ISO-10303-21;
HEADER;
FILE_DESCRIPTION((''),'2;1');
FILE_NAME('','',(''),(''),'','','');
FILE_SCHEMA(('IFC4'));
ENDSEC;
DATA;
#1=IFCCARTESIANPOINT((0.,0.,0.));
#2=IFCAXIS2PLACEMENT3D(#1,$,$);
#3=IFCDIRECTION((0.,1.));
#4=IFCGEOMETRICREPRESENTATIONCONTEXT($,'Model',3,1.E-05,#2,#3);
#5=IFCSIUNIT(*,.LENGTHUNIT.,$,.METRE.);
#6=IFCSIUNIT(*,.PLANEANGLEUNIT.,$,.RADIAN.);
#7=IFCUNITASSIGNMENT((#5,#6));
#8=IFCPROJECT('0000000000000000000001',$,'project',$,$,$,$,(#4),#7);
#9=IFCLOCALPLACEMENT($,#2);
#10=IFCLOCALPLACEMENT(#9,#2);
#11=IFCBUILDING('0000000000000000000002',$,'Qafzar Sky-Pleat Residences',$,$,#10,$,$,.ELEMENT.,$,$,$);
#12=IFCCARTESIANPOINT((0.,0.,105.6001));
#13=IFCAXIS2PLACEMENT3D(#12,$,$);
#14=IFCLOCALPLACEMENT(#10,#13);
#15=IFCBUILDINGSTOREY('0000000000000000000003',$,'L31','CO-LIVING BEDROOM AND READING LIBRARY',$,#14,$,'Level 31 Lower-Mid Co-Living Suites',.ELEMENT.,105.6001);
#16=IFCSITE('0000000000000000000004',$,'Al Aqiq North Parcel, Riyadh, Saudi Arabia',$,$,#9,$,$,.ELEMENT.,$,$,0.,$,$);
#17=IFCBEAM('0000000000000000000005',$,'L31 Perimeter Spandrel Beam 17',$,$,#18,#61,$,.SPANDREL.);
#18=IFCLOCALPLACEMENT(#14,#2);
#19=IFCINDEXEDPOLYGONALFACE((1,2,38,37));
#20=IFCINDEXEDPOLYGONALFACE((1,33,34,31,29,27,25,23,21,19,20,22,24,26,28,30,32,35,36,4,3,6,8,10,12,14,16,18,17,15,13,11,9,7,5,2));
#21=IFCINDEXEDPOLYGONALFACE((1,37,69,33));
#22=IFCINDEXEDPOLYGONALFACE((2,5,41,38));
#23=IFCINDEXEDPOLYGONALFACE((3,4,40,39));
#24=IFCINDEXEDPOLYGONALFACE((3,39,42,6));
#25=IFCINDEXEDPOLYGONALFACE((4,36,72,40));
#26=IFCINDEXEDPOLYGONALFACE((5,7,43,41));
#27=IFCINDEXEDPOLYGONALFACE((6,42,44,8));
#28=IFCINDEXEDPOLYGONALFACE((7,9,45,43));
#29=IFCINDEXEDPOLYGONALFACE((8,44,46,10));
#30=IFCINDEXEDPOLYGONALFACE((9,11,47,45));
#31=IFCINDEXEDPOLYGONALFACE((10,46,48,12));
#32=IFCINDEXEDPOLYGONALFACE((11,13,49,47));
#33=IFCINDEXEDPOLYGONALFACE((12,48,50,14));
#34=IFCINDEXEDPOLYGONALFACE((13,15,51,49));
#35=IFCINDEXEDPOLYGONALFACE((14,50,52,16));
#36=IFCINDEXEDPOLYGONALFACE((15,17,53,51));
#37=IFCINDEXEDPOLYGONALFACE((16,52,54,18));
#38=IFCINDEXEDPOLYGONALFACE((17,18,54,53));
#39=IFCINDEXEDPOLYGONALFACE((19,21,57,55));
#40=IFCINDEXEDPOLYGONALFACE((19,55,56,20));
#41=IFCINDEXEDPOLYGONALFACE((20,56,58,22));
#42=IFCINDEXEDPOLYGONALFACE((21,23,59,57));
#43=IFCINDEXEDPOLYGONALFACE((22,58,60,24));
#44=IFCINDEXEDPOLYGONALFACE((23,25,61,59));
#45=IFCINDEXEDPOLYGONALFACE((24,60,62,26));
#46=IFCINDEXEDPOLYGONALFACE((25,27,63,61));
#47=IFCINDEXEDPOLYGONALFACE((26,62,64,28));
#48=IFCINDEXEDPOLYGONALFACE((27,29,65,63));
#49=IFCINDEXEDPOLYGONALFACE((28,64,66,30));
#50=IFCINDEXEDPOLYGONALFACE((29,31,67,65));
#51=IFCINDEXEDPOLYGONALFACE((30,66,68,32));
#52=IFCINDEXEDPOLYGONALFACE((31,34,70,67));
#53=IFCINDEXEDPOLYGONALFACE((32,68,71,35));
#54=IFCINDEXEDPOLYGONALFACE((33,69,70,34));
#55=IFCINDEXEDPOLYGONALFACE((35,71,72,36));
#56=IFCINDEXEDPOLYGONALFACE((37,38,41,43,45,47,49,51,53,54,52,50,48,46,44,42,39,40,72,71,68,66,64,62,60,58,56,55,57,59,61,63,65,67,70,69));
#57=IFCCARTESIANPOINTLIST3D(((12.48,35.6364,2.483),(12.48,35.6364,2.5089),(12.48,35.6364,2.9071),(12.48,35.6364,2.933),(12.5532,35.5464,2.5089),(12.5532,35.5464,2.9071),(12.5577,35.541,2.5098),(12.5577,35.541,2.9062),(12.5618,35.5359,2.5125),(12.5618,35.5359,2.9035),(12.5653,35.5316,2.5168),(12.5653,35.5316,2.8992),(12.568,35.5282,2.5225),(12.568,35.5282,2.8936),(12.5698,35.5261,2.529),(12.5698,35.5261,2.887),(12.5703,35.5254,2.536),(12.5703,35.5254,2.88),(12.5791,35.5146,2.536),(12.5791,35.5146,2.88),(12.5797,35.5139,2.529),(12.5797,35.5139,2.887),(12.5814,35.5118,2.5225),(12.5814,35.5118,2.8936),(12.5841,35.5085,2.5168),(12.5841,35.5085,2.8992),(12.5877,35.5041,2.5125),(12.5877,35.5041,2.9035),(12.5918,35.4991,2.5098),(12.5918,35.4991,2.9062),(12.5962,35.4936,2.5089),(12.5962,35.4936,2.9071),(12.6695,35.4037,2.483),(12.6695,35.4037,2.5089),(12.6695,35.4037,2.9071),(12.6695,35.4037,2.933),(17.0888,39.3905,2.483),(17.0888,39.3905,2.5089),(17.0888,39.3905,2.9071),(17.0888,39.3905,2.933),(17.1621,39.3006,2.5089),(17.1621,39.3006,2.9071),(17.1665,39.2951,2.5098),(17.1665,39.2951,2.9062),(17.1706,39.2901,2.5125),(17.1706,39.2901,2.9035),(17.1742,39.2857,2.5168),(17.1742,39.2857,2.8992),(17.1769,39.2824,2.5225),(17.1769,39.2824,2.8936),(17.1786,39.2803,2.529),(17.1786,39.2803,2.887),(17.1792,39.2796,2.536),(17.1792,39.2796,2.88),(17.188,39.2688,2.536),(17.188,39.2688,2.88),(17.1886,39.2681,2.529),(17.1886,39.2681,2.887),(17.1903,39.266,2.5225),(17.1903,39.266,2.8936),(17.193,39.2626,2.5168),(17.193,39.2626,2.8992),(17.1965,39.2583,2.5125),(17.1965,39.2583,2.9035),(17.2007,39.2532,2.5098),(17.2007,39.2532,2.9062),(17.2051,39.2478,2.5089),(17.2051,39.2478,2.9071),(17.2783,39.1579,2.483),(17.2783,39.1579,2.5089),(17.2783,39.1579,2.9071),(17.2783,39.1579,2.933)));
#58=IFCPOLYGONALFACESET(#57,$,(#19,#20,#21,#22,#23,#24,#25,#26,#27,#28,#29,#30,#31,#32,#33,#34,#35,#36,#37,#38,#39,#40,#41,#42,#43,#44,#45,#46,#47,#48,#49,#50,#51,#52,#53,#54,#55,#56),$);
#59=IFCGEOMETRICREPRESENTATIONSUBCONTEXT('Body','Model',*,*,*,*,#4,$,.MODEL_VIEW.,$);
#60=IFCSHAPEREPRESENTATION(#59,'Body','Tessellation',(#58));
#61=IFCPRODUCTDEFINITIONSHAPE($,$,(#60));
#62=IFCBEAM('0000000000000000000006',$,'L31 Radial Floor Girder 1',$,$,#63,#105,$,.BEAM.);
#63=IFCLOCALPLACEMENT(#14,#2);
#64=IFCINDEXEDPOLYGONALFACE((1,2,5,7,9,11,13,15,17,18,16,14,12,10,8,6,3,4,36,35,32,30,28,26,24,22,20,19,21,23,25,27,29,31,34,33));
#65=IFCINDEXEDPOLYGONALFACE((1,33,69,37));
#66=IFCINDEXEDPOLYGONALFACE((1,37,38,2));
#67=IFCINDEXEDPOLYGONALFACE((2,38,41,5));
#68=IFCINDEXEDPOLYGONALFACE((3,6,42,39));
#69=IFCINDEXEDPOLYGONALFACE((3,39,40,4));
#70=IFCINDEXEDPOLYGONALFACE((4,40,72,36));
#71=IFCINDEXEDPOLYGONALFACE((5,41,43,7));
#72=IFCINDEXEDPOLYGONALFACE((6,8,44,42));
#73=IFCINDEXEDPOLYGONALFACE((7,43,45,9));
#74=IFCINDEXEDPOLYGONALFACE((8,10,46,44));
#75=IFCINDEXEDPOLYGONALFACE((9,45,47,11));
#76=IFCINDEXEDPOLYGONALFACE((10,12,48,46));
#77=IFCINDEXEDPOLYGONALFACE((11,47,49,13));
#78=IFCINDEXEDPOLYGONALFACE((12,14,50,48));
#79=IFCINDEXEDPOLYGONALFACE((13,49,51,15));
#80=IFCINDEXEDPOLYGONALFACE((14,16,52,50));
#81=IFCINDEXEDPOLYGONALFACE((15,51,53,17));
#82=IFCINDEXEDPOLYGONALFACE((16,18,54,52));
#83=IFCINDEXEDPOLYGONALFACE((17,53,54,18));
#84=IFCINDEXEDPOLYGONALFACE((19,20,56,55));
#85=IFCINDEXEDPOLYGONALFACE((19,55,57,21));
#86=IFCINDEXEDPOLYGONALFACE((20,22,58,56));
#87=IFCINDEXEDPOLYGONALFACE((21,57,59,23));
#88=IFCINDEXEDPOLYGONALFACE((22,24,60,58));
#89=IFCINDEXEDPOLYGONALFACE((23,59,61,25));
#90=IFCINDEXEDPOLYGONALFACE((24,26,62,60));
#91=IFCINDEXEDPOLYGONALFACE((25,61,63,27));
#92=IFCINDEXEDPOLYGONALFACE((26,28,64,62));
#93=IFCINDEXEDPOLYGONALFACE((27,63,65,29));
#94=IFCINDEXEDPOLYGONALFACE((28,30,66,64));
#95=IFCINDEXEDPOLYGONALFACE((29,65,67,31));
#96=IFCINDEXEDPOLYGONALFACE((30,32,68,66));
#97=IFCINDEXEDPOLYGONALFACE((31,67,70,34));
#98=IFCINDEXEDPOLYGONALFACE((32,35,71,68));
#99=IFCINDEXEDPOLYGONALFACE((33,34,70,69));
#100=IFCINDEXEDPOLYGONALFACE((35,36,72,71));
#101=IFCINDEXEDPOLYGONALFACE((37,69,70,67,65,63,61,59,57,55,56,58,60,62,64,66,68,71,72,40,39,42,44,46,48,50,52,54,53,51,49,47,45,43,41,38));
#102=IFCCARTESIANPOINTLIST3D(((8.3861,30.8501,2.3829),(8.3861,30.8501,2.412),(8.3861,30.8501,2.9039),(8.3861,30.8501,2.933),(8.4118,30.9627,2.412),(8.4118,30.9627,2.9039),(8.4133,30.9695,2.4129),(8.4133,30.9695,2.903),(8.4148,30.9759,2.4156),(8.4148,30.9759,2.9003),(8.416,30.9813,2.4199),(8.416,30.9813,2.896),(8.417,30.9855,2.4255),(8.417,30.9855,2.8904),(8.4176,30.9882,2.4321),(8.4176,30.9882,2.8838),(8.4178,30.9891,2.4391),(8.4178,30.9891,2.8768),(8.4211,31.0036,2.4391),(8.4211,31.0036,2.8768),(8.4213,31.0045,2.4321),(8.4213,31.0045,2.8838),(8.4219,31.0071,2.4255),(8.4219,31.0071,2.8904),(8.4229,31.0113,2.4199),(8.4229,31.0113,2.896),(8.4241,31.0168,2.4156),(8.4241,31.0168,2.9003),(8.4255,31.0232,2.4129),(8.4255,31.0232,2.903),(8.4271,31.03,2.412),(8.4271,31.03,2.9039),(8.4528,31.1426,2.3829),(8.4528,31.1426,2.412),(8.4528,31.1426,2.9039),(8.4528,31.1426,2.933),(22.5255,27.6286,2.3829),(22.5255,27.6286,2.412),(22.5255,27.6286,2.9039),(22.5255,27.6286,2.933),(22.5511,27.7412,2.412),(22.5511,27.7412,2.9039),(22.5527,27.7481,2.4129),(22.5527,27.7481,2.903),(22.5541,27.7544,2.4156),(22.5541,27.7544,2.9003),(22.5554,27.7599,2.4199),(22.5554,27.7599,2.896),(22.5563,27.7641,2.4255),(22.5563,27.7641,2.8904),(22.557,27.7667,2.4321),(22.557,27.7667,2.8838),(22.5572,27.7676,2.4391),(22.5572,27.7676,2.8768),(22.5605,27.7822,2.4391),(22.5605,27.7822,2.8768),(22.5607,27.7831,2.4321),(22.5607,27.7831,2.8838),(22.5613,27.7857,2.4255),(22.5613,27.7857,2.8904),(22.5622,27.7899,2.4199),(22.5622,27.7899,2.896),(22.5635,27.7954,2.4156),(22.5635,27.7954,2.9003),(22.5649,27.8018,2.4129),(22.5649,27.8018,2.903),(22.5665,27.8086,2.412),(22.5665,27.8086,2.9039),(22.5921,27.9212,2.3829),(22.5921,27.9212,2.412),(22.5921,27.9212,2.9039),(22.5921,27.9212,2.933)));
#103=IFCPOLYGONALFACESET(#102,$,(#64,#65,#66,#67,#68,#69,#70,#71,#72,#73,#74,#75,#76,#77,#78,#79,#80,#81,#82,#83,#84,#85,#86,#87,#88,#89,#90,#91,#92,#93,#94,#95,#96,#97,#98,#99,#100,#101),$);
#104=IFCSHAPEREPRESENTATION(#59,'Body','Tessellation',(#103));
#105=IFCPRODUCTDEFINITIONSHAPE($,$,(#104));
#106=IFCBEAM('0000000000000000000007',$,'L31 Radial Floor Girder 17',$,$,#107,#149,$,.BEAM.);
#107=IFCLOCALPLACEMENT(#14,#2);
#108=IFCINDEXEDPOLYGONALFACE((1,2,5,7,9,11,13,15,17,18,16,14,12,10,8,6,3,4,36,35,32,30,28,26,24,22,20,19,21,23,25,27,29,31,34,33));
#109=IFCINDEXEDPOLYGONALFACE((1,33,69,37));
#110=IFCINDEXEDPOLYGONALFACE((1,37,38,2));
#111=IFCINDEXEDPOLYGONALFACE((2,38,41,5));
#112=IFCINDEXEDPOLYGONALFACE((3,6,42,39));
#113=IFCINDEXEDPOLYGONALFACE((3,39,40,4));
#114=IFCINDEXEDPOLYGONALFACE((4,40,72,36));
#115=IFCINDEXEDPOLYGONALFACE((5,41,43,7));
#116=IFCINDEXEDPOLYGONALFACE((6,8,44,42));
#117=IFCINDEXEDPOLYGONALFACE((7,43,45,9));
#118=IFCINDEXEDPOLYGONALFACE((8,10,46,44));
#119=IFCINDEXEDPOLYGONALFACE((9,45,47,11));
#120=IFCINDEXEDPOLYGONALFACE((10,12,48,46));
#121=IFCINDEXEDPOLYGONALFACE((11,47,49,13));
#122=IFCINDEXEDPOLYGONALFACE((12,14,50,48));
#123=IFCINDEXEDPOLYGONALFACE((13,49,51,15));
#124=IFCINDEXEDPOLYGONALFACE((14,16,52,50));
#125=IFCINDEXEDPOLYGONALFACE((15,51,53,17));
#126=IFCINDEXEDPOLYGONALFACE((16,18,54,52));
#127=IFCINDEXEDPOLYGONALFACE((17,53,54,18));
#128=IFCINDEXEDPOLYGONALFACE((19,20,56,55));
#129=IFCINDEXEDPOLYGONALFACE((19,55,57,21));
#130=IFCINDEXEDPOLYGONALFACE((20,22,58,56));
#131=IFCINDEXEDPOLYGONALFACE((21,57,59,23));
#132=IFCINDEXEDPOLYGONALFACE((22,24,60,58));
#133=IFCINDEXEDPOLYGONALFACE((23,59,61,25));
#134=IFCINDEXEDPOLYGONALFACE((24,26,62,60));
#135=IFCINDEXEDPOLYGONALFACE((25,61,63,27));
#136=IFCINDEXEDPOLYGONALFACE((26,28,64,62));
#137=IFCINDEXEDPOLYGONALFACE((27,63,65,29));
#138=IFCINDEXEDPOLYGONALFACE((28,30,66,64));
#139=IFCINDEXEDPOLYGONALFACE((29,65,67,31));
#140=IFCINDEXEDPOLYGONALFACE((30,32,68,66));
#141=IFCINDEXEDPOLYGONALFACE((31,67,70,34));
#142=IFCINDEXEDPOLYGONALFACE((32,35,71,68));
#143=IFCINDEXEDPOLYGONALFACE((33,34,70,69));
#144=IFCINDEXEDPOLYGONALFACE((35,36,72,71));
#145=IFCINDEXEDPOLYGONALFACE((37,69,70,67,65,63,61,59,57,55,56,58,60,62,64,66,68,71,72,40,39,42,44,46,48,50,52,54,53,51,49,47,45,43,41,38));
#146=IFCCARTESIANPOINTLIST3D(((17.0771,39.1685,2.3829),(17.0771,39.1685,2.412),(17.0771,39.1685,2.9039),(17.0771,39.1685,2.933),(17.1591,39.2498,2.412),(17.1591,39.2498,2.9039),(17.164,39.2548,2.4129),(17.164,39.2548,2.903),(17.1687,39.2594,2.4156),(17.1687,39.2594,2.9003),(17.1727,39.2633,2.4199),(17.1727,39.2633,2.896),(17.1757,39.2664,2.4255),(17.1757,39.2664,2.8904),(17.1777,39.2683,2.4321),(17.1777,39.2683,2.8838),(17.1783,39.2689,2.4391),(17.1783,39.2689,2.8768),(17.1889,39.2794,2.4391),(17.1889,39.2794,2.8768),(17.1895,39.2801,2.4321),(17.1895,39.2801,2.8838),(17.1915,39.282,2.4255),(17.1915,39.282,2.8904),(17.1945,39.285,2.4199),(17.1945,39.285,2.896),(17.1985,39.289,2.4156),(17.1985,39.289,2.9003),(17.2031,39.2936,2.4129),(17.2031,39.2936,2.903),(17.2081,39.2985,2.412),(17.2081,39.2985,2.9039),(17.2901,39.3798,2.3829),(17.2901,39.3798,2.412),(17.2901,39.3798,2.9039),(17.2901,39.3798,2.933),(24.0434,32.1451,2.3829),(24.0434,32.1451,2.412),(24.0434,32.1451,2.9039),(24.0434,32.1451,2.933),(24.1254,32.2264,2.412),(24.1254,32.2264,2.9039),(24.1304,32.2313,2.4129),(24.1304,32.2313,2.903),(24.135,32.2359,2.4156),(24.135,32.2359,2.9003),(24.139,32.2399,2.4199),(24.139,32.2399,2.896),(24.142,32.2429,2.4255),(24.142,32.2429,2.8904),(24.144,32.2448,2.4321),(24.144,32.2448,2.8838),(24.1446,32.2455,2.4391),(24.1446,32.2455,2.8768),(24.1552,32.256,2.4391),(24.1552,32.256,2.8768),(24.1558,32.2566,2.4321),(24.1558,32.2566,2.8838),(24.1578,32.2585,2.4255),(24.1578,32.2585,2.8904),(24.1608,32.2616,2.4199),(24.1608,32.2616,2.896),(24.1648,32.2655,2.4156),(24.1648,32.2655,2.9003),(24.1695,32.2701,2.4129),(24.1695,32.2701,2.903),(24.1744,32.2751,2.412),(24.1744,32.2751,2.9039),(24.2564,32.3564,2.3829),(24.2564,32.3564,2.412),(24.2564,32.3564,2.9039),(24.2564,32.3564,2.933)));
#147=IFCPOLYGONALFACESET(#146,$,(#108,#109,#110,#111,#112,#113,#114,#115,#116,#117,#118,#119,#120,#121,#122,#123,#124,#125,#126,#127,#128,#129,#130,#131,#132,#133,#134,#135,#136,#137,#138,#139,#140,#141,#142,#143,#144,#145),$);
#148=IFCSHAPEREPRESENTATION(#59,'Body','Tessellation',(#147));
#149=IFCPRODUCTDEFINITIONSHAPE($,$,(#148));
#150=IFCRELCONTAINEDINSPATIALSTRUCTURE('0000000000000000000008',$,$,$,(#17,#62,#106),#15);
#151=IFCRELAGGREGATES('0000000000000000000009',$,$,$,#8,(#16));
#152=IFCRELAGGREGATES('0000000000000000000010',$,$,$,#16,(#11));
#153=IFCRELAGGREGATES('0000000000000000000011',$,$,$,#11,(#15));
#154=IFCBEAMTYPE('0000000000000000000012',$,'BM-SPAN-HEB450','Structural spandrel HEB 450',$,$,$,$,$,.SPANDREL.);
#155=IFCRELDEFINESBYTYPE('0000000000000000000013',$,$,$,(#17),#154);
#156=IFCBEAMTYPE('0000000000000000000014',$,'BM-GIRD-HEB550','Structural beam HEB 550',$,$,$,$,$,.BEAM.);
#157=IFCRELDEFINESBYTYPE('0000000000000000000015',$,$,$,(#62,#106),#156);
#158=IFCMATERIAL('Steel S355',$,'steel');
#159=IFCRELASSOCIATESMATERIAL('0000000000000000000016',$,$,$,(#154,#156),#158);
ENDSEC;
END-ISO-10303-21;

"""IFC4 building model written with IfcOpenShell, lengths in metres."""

from ifc_helpers import new_model, si_unit, direction, frame, origin, origin_2d, place, context, subcontext, project, spatial, i_section, extrude, source, transform, mapped, material, material_profile, profile_set, type_object, element, save


model = new_model("IFC4")

# Units and contexts
model_context = context("Model", 3, precision=1e-05, world=origin(), true_north=direction((0.0, 1.0)))
body_context = subcontext(model_context, "Body", "Model", "MODEL_VIEW")
ifc_project = project(units=[si_unit("LENGTHUNIT", "METRE"), si_unit("PLANEANGLEUNIT", "RADIAN")], contexts=[model_context])

# Site, building, storey
site_placement = place(None, origin())
site = spatial("IfcSite", under=ifc_project, at=site_placement, Name="Al Aqiq North Parcel, Riyadh, Saudi Arabia", CompositionType="ELEMENT", RefElevation=0.0)
building_placement = place(site_placement, origin())
building = spatial("IfcBuilding", under=site, at=building_placement, Name="Qafzar Sky-Pleat Residences", CompositionType="ELEMENT")
storey_placement = place(building_placement, frame((0.0, 0.0, 105.6001)))
storey = spatial("IfcBuildingStorey", under=building, at=storey_placement, Name="L31", Description="CO-LIVING BEDROOM AND READING LIBRARY", LongName="Level 31 Lower-Mid Co-Living Suites", CompositionType="ELEMENT", Elevation=105.6001)

# Beams
ifc_material_1 = material(Name="Steel S355", Category="steel")
ifc_material_profile_1 = material_profile(ifc_material_1, i_section(OverallWidth=0.3, OverallDepth=0.45, WebThickness=0.0139, FlangeThickness=0.0259, FilletRadius=0.0271, at=origin_2d()), Name="HEB 450")
ifc_profile_set_1 = profile_set([ifc_material_profile_1], Name="Steel S355")
beam_type_1 = type_object("IfcBeamType", Name="BM-SPAN-HEB450", Description="Structural spandrel HEB 450", PredefinedType="SPANDREL", material=ifc_profile_set_1)
shared_shape_1 = source(origin(), body_context, "Body", "SweptSolid", [
    extrude(i_section(OverallWidth=0.3, OverallDepth=0.45, WebThickness=0.0139, FlangeThickness=0.0259, FilletRadius=0.0271, at=origin_2d()), origin(), (0.0, 0.0, 1.0), 5.9443),
])
beam_1_placement = place(storey_placement, frame((17.1836, 39.2742, 2.708), z_axis=(-0.775337, -0.631548, 0.0), x_axis=(0.631548, -0.775337, 0.0)))
element("IfcBeam", 1, at=beam_1_placement, inside=storey, type_object=beam_type_1, Name="L31 Perimeter Spandrel Beam 17", PredefinedType="SPANDREL", context=body_context, shape_type="MappedRepresentation", body=[
    mapped(shared_shape_1, transform((0.0, 0.0, 0.0), x_axis=(1.0, 0.0, 0.0), y_axis=(0.0, 1.0, 0.0), z_axis=(0.0, 0.0, 1.0), scale=1.0)),
])
ifc_material_profile_2 = material_profile(ifc_material_1, i_section(OverallWidth=0.3, OverallDepth=0.55, WebThickness=0.0149, FlangeThickness=0.0291, FilletRadius=0.0271, at=origin_2d()), Name="HEB 550")
ifc_profile_set_2 = profile_set([ifc_material_profile_2], Name="Steel S355")
beam_type_2 = type_object("IfcBeamType", Name="BM-GIRD-HEB550", Description="Structural beam HEB 550", PredefinedType="BEAM", material=ifc_profile_set_2)
shared_shape_2 = source(origin(), body_context, "Body", "SweptSolid", [
    extrude(i_section(OverallWidth=0.3, OverallDepth=0.55, WebThickness=0.0149, FlangeThickness=0.0291, FilletRadius=0.0271, at=origin_2d()), origin(), (0.0, 0.0, 1.0), 14.5017),
])
beam_2_placement = place(storey_placement, frame((8.4194, 30.9963, 2.658), z_axis=(0.975014, -0.222141, 0.0), x_axis=(0.222141, 0.975014, 0.0)))
element("IfcBeam", 2, at=beam_2_placement, inside=storey, type_object=beam_type_2, Name="L31 Radial Floor Girder 1", PredefinedType="BEAM", context=body_context, shape_type="MappedRepresentation", body=[
    mapped(shared_shape_2, transform((0.0, 0.0, 0.0), x_axis=(1.0, 0.0, 0.0), y_axis=(0.0, 1.0, 0.0), z_axis=(0.0, 0.0, 1.0), scale=1.0)),
])
shared_shape_3 = source(origin(), body_context, "Body", "SweptSolid", [
    extrude(i_section(OverallWidth=0.3, OverallDepth=0.55, WebThickness=0.0149, FlangeThickness=0.0291, FilletRadius=0.0271, at=origin_2d()), origin(), (0.0, 0.0, 1.0), 9.8923),
])
beam_3_placement = place(storey_placement, frame((17.1836, 39.2742, 2.658), z_axis=(0.704213, -0.709988, 0.0), x_axis=(0.709988, 0.704213, 0.0)))
element("IfcBeam", 3, at=beam_3_placement, inside=storey, type_object=beam_type_2, Name="L31 Radial Floor Girder 17", PredefinedType="BEAM", context=body_context, shape_type="MappedRepresentation", body=[
    mapped(shared_shape_3, transform((0.0, 0.0, 0.0), x_axis=(1.0, 0.0, 0.0), y_axis=(0.0, 1.0, 0.0), z_axis=(0.0, 0.0, 1.0), scale=1.0)),
])

save(model, "model.ifc")
